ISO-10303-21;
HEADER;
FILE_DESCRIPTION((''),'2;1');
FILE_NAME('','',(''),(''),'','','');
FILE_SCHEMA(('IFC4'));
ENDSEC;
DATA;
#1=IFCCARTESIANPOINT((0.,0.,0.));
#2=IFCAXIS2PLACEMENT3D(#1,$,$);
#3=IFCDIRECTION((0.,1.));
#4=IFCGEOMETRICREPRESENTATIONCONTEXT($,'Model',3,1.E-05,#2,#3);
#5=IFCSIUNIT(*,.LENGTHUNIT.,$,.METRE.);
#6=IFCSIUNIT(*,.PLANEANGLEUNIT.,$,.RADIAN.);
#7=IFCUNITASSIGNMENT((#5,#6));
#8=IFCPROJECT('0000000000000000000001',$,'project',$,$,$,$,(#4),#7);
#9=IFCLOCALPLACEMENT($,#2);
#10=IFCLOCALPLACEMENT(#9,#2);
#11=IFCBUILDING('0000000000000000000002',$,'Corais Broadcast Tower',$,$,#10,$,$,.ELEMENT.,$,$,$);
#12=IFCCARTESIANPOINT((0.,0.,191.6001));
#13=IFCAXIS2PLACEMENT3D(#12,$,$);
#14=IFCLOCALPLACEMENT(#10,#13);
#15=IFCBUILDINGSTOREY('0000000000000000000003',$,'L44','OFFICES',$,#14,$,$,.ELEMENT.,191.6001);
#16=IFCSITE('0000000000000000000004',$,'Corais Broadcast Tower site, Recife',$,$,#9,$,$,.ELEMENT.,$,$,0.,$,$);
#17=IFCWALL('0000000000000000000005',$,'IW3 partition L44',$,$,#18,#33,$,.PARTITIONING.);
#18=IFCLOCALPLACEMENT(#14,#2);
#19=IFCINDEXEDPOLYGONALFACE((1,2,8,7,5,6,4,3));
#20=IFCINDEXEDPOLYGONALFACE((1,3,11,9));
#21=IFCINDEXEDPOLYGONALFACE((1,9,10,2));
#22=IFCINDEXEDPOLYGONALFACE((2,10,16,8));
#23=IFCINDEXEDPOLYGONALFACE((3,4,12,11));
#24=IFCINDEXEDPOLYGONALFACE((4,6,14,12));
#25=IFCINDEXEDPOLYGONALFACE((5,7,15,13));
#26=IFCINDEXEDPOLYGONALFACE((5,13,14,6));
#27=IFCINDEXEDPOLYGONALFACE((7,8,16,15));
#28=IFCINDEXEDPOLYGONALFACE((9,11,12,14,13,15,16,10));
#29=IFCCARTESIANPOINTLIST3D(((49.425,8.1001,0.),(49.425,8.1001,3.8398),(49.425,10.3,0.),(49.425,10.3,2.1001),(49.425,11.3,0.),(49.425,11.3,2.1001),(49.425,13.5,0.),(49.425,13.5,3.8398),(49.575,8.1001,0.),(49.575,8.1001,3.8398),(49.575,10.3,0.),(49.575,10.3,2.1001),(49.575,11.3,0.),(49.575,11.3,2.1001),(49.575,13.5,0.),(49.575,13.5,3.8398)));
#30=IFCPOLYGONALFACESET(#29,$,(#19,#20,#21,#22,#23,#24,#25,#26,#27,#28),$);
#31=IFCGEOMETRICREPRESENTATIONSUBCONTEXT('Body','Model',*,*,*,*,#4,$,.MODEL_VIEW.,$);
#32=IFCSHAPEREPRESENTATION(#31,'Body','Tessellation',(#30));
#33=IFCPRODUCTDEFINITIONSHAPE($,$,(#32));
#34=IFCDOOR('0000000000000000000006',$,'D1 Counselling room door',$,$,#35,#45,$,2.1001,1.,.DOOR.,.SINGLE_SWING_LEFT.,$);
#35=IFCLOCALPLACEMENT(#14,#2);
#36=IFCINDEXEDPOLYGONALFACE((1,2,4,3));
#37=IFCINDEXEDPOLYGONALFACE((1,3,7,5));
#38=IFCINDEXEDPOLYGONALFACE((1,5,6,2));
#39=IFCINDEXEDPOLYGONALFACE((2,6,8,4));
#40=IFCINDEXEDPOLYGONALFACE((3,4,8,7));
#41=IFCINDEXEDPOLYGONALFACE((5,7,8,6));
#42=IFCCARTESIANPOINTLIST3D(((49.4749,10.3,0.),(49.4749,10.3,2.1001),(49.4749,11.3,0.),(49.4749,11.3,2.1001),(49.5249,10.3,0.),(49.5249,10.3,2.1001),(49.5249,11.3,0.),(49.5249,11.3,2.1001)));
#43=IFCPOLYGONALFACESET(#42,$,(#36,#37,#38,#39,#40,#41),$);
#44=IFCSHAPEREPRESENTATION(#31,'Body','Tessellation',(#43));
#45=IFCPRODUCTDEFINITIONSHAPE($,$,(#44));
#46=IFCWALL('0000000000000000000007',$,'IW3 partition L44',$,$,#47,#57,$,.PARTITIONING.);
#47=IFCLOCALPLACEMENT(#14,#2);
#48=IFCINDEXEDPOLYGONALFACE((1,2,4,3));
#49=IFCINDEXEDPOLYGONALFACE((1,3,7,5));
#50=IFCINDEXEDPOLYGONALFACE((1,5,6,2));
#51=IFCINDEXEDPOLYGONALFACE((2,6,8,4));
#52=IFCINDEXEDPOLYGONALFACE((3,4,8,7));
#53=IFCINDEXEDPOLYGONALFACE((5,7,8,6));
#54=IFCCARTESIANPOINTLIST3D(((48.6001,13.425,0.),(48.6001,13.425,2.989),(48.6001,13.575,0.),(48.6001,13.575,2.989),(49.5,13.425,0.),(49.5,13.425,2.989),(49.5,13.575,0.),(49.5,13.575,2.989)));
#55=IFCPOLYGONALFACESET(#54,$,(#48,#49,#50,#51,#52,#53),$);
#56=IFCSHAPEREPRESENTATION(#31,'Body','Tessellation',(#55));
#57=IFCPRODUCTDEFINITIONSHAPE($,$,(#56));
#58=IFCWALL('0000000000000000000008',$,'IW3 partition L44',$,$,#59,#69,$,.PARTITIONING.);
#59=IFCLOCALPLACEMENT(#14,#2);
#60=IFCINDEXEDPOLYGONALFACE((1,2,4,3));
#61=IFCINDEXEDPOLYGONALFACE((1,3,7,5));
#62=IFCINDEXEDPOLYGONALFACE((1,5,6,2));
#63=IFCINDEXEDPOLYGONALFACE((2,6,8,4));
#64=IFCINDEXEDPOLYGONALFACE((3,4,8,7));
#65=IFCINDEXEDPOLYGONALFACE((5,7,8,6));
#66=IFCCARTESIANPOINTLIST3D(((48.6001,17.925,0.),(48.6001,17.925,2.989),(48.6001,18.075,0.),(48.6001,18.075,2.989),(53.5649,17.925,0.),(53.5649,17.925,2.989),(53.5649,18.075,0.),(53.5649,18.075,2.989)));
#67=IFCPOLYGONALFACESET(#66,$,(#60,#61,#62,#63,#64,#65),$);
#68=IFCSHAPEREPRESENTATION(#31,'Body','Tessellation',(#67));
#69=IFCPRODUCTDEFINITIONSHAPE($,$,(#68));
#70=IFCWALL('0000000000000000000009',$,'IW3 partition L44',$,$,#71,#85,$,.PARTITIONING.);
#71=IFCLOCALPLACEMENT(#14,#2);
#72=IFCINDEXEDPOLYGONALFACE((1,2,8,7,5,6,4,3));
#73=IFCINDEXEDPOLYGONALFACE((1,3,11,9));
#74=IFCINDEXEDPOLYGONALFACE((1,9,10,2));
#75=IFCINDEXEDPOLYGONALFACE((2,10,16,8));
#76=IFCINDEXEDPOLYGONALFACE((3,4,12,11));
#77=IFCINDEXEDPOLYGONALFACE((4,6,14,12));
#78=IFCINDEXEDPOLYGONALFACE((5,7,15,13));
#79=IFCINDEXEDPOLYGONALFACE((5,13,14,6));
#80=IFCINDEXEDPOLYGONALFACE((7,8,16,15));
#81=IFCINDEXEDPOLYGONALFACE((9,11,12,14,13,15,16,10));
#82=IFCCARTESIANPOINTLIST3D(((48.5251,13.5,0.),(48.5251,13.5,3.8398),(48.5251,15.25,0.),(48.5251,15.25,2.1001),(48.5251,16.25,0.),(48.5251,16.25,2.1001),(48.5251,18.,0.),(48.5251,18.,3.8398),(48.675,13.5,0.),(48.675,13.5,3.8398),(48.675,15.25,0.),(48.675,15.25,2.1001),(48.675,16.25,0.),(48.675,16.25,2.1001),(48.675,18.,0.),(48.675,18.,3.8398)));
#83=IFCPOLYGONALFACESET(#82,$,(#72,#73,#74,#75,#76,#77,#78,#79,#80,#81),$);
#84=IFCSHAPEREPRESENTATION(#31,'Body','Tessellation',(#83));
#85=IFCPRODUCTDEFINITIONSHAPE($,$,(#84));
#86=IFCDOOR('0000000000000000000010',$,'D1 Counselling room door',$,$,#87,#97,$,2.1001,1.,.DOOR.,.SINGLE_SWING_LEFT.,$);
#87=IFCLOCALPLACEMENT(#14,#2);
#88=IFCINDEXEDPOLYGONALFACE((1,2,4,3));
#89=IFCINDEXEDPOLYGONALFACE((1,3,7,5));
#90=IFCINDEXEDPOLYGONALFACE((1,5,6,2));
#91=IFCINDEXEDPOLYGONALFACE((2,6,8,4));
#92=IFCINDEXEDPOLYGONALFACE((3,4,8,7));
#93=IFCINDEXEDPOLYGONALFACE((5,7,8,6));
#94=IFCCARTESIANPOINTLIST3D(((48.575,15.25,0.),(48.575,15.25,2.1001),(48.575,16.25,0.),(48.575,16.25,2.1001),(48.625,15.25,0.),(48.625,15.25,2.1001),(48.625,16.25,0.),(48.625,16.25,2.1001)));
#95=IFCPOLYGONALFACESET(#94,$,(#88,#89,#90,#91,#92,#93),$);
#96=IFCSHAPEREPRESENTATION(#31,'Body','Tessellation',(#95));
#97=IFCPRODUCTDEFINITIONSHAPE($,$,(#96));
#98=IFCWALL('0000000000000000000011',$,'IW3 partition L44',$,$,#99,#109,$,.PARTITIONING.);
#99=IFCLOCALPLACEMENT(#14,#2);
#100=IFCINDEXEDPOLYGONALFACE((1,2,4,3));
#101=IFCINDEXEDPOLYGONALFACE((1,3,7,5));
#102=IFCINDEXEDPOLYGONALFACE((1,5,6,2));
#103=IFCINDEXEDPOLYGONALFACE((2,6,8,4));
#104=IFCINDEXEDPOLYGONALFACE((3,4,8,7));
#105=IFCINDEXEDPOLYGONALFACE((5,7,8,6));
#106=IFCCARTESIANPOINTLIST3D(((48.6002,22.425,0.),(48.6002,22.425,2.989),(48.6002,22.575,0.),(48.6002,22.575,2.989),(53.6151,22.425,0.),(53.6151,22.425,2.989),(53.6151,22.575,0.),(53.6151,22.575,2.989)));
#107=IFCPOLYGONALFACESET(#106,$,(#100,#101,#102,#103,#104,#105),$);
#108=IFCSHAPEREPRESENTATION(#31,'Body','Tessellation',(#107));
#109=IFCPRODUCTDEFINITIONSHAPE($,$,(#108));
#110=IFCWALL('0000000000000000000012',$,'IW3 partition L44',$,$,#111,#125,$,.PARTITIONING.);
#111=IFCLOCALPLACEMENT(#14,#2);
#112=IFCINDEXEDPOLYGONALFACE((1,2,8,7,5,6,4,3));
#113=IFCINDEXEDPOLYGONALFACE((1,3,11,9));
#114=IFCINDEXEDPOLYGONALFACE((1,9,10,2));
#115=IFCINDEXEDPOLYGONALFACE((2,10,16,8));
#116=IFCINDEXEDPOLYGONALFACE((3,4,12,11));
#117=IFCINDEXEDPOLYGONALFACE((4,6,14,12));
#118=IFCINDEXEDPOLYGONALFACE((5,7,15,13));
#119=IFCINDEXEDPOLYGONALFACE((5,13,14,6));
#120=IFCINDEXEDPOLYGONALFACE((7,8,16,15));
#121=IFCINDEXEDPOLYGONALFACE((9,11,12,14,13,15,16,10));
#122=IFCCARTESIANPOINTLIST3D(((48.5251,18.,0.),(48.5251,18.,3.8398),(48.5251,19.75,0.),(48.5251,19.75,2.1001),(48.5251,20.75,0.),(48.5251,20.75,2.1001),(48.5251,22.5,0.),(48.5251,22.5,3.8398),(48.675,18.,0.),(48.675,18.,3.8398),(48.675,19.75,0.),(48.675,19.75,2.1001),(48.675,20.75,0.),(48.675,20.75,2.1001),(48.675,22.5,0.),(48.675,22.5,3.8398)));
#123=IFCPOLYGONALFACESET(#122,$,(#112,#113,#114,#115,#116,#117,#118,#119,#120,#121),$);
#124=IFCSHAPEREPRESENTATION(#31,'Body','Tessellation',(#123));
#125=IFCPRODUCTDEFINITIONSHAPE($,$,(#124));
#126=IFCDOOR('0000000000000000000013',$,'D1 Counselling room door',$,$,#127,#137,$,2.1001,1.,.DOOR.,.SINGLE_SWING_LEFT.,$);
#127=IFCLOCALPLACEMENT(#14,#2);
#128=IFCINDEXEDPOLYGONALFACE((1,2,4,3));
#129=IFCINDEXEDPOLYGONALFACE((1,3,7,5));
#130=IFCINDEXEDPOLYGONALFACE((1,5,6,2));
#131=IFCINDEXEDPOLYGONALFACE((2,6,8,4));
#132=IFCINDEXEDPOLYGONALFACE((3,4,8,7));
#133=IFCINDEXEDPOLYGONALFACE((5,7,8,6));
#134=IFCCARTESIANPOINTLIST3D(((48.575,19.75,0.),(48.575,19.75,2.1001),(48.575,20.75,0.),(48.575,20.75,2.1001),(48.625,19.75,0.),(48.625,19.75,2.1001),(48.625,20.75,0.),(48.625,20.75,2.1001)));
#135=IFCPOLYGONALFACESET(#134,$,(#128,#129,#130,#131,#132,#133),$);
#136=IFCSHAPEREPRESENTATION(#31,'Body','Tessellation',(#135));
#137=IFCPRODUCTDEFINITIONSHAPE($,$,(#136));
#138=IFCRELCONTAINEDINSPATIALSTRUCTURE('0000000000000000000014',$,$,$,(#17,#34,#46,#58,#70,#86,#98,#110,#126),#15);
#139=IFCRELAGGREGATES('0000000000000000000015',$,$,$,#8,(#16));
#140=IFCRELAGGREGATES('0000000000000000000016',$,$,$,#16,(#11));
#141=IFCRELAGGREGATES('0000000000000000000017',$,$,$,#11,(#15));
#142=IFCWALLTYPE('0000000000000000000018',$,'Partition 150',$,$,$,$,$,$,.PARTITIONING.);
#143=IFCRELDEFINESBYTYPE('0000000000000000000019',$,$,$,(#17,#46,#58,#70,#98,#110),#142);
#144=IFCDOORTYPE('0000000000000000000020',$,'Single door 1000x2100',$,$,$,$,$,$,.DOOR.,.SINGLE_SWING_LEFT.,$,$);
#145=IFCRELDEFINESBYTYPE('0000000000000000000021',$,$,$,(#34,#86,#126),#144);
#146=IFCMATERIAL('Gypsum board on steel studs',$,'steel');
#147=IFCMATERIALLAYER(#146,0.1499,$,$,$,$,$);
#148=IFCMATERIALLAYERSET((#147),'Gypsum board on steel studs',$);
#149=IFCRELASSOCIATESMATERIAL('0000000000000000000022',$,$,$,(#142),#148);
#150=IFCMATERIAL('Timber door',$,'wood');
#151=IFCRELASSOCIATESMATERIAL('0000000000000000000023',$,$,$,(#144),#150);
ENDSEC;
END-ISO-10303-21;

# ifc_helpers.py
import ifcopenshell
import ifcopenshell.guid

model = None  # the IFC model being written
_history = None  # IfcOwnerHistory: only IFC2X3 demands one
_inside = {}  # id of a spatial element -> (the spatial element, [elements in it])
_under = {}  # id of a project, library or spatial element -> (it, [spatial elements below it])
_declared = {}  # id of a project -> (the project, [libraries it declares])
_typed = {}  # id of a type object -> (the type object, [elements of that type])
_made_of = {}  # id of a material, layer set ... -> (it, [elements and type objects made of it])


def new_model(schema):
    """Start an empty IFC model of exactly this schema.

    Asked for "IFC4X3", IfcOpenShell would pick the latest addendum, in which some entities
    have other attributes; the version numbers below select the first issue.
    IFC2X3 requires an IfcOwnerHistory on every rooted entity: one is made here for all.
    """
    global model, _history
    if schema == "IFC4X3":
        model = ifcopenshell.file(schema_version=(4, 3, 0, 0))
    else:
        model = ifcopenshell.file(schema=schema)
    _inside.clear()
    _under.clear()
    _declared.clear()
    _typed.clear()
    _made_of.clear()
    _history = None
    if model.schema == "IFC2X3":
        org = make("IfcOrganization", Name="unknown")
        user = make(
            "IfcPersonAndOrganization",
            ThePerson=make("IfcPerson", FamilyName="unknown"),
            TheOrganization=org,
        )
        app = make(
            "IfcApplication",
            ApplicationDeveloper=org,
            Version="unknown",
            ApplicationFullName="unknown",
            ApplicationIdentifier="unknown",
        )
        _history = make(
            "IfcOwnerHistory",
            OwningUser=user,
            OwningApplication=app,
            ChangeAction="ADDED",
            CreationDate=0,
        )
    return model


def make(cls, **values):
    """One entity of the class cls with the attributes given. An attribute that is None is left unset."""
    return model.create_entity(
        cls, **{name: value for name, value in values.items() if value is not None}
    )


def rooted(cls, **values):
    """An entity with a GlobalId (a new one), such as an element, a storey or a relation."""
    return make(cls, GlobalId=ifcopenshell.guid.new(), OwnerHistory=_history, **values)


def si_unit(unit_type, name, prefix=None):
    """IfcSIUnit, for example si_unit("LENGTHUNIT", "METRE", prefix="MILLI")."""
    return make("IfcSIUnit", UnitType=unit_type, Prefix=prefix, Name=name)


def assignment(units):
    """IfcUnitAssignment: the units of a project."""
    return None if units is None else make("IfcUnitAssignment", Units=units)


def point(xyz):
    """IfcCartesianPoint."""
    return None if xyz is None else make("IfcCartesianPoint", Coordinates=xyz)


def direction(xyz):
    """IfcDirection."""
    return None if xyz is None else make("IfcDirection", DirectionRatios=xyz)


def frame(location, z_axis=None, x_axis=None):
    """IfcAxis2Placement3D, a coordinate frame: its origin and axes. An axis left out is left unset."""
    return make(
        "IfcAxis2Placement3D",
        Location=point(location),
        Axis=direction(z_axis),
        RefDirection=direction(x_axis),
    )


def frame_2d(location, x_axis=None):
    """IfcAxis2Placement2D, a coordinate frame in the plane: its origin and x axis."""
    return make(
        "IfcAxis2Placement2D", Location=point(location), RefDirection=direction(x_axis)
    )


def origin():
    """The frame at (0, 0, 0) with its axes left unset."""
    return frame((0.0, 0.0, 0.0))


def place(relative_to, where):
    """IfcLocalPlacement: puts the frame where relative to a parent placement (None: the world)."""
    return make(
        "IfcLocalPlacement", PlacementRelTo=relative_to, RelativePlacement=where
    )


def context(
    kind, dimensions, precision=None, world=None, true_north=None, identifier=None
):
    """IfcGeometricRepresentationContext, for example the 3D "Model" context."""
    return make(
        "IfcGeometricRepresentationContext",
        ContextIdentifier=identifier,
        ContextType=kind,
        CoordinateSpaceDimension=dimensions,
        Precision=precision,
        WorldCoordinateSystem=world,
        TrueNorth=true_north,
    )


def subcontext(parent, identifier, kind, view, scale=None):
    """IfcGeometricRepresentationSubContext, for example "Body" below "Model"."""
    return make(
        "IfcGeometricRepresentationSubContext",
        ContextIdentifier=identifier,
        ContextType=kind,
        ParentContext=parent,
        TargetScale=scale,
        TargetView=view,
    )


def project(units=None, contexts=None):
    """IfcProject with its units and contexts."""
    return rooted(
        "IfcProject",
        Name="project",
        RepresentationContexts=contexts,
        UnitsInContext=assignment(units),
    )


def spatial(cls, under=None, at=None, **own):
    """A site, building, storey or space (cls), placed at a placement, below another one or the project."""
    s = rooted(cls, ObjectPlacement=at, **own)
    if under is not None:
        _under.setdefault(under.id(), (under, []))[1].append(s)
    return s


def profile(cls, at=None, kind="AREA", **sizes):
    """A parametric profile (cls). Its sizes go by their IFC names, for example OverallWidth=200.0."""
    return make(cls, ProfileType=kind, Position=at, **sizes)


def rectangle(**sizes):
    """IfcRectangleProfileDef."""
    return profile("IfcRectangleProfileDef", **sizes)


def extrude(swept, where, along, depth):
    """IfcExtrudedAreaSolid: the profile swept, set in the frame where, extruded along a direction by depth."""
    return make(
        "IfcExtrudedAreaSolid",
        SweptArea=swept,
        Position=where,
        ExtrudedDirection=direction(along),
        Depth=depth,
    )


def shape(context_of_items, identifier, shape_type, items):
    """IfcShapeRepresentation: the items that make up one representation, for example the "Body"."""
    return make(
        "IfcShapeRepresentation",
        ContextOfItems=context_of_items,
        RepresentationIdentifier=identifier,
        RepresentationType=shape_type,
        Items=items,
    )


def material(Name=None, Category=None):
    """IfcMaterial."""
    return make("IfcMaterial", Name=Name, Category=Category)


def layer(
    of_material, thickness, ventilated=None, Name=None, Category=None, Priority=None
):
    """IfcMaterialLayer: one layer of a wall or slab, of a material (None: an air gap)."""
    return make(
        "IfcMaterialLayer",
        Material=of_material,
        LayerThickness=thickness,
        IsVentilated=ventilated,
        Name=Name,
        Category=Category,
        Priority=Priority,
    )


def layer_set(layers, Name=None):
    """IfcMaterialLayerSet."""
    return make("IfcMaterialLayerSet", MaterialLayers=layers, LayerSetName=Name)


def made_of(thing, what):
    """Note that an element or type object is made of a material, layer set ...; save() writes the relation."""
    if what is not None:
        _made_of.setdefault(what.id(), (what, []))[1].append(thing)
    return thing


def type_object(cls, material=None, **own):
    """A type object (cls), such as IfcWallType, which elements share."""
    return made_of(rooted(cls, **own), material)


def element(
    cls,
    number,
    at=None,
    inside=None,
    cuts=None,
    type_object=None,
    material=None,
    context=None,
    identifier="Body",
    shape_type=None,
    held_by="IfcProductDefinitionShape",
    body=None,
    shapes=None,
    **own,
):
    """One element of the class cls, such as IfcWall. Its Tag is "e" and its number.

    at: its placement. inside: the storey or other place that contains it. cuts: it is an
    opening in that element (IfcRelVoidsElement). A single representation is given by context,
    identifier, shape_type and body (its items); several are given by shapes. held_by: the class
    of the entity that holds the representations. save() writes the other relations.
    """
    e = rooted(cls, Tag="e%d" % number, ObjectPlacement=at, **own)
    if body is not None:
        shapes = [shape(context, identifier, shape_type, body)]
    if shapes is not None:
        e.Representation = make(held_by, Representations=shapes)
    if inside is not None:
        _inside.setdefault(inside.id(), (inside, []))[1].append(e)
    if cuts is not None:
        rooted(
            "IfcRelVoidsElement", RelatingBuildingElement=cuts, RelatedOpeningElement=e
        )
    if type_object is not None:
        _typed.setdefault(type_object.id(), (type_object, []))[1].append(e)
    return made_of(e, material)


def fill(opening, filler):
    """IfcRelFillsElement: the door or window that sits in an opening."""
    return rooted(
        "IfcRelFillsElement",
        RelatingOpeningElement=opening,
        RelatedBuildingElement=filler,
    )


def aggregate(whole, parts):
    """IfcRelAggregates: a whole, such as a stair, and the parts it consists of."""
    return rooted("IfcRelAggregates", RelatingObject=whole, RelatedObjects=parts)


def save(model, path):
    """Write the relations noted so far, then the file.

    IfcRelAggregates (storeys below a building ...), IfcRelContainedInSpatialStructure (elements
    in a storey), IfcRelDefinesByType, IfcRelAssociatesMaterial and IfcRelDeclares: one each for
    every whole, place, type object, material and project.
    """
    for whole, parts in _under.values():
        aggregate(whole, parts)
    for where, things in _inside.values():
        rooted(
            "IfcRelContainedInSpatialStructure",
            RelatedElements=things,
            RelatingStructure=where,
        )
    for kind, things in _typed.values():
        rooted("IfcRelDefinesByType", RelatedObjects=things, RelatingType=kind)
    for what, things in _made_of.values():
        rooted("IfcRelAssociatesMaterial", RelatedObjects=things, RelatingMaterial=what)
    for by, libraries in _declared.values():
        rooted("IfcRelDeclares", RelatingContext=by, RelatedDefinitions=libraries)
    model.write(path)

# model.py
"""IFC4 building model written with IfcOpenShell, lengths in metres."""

from ifc_helpers import new_model, si_unit, direction, frame, frame_2d, origin, place, context, subcontext, project, spatial, rectangle, extrude, material, layer, layer_set, type_object, element, fill, save


model = new_model("IFC4")

# Units and contexts
model_context = context("Model", 3, precision=1e-05, world=origin(), true_north=direction((0.0, 1.0)))
body_context = subcontext(model_context, "Body", "Model", "MODEL_VIEW")
ifc_project = project(units=[si_unit("LENGTHUNIT", "METRE"), si_unit("PLANEANGLEUNIT", "RADIAN")], contexts=[model_context])

# Site, building, storey
site_placement = place(None, origin())
site = spatial("IfcSite", under=ifc_project, at=site_placement, Name="Corais Broadcast Tower site, Recife", CompositionType="ELEMENT", RefElevation=0.0)
building_placement = place(site_placement, origin())
building = spatial("IfcBuilding", under=site, at=building_placement, Name="Corais Broadcast Tower", CompositionType="ELEMENT")
storey_placement = place(building_placement, frame((0.0, 0.0, 191.6001)))
storey = spatial("IfcBuildingStorey", under=building, at=storey_placement, Name="L44", Description="OFFICES", CompositionType="ELEMENT", Elevation=191.6001)

# Shared definitions
ifc_material_1 = material(Name="Gypsum board on steel studs", Category="steel")
ifc_layer_1 = layer(ifc_material_1, 0.1499)
ifc_layer_set_1 = layer_set([ifc_layer_1], Name="Gypsum board on steel studs")
wall_type = type_object("IfcWallType", Name="Partition 150", PredefinedType="PARTITIONING", material=ifc_layer_set_1)

# Wall, opening, door
wall_1_placement = place(storey_placement, frame((49.5, 13.5, 0.0), z_axis=(0.0, 0.0, 1.0), x_axis=(0.0, -1.0, 0.0)))
wall_1 = element("IfcWall", 1, at=wall_1_placement, inside=storey, type_object=wall_type, Name="IW3 partition L44", PredefinedType="PARTITIONING", context=body_context, shape_type="SweptSolid", body=[
    extrude(rectangle(XDim=5.3999, YDim=0.1499, at=frame_2d((2.7, 0.0))), origin(), (0.0, 0.0, 1.0), 3.8398),
])
opening_1_placement = place(wall_1_placement, frame((2.2, 0.0, 0.0)))
opening_1 = element("IfcOpeningElement", 2, at=opening_1_placement, cuts=wall_1, PredefinedType="OPENING", context=body_context, shape_type="SweptSolid", body=[
    extrude(rectangle(XDim=1.0, YDim=2.1001, at=frame_2d((0.5, 1.05))), frame((0.0, 0.085, 0.0), z_axis=(0.0, -1.0, 0.0), x_axis=(1.0, 0.0, 0.0)), (0.0, 0.0, 1.0), 0.1699),
])
ifc_material_2 = material(Name="Timber door", Category="wood")
door_type = type_object("IfcDoorType", Name="Single door 1000x2100", OperationType="SINGLE_SWING_LEFT", PredefinedType="DOOR", material=ifc_material_2)
door_1_placement = place(opening_1_placement, origin())
door_1 = element("IfcDoor", 3, at=door_1_placement, inside=storey, type_object=door_type, Name="D1 Counselling room door", OperationType="SINGLE_SWING_LEFT", OverallHeight=2.1001, OverallWidth=1.0, PredefinedType="DOOR", context=body_context, shape_type="SweptSolid", body=[
    extrude(rectangle(XDim=1.0, YDim=2.1001, at=frame_2d((0.5, 1.05))), frame((0.0, 0.0249, 0.0), z_axis=(0.0, -1.0, 0.0), x_axis=(1.0, 0.0, 0.0)), (0.0, 0.0, 1.0), 0.05),
])
fill(opening_1, door_1)

# Walls
wall_2_placement = place(storey_placement, frame((48.6001, 13.5, 0.0), z_axis=(0.0, 0.0, 1.0), x_axis=(1.0, 0.0, 0.0)))
element("IfcWall", 4, at=wall_2_placement, inside=storey, type_object=wall_type, Name="IW3 partition L44", PredefinedType="PARTITIONING", context=body_context, shape_type="SweptSolid", body=[
    extrude(rectangle(XDim=0.8999, YDim=0.1499, at=frame_2d((0.45, 0.0))), origin(), (0.0, 0.0, 1.0), 2.989),
])
wall_3_placement = place(storey_placement, frame((53.5649, 18.0, 0.0), z_axis=(0.0, 0.0, 1.0), x_axis=(-1.0, 0.0, 0.0)))
element("IfcWall", 5, at=wall_3_placement, inside=storey, type_object=wall_type, Name="IW3 partition L44", PredefinedType="PARTITIONING", context=body_context, shape_type="SweptSolid", body=[
    extrude(rectangle(XDim=4.9648, YDim=0.1499, at=frame_2d((2.4824, 0.0))), origin(), (0.0, 0.0, 1.0), 2.989),
])

# Wall, opening, door
wall_4_placement = place(storey_placement, frame((48.6001, 18.0, 0.0), z_axis=(0.0, 0.0, 1.0), x_axis=(0.0, -1.0, 0.0)))
wall_4 = element("IfcWall", 6, at=wall_4_placement, inside=storey, type_object=wall_type, Name="IW3 partition L44", PredefinedType="PARTITIONING", context=body_context, shape_type="SweptSolid", body=[
    extrude(rectangle(XDim=4.5, YDim=0.1499, at=frame_2d((2.25, 0.0))), origin(), (0.0, 0.0, 1.0), 3.8398),
])
opening_2_placement = place(wall_4_placement, frame((1.75, 0.0, 0.0)))
opening_2 = element("IfcOpeningElement", 7, at=opening_2_placement, cuts=wall_4, PredefinedType="OPENING", context=body_context, shape_type="SweptSolid", body=[
    extrude(rectangle(XDim=1.0, YDim=2.1001, at=frame_2d((0.5, 1.05))), frame((0.0, 0.085, 0.0), z_axis=(0.0, -1.0, 0.0), x_axis=(1.0, 0.0, 0.0)), (0.0, 0.0, 1.0), 0.1699),
])
door_2_placement = place(opening_2_placement, origin())
door_2 = element("IfcDoor", 8, at=door_2_placement, inside=storey, type_object=door_type, Name="D1 Counselling room door", OperationType="SINGLE_SWING_LEFT", OverallHeight=2.1001, OverallWidth=1.0, PredefinedType="DOOR", context=body_context, shape_type="SweptSolid", body=[
    extrude(rectangle(XDim=1.0, YDim=2.1001, at=frame_2d((0.5, 1.05))), frame((0.0, 0.0249, 0.0), z_axis=(0.0, -1.0, 0.0), x_axis=(1.0, 0.0, 0.0)), (0.0, 0.0, 1.0), 0.05),
])
fill(opening_2, door_2)

# Wall
wall_5_placement = place(storey_placement, frame((53.615, 22.5, 0.0), z_axis=(0.0, 0.0, 1.0), x_axis=(-1.0, 0.0, 0.0)))
element("IfcWall", 9, at=wall_5_placement, inside=storey, type_object=wall_type, Name="IW3 partition L44", PredefinedType="PARTITIONING", context=body_context, shape_type="SweptSolid", body=[
    extrude(rectangle(XDim=5.0149, YDim=0.1499, at=frame_2d((2.5073, 0.0))), origin(), (0.0, 0.0, 1.0), 2.989),
])

# Wall, opening, door
wall_6_placement = place(storey_placement, frame((48.6001, 22.5, 0.0), z_axis=(0.0, 0.0, 1.0), x_axis=(0.0, -1.0, 0.0)))
wall_6 = element("IfcWall", 10, at=wall_6_placement, inside=storey, type_object=wall_type, Name="IW3 partition L44", PredefinedType="PARTITIONING", context=body_context, shape_type="SweptSolid", body=[
    extrude(rectangle(XDim=4.5, YDim=0.1499, at=frame_2d((2.25, 0.0))), origin(), (0.0, 0.0, 1.0), 3.8398),
])
opening_3_placement = place(wall_6_placement, frame((1.75, 0.0, 0.0)))
opening_3 = element("IfcOpeningElement", 11, at=opening_3_placement, cuts=wall_6, PredefinedType="OPENING", context=body_context, shape_type="SweptSolid", body=[
    extrude(rectangle(XDim=1.0, YDim=2.1001, at=frame_2d((0.5, 1.05))), frame((0.0, 0.085, 0.0), z_axis=(0.0, -1.0, 0.0), x_axis=(1.0, 0.0, 0.0)), (0.0, 0.0, 1.0), 0.1699),
])
door_3_placement = place(opening_3_placement, origin())
door_3 = element("IfcDoor", 12, at=door_3_placement, inside=storey, type_object=door_type, Name="D1 Counselling room door", OperationType="SINGLE_SWING_LEFT", OverallHeight=2.1001, OverallWidth=1.0, PredefinedType="DOOR", context=body_context, shape_type="SweptSolid", body=[
    extrude(rectangle(XDim=1.0, YDim=2.1001, at=frame_2d((0.5, 1.05))), frame((0.0, 0.0249, 0.0), z_axis=(0.0, -1.0, 0.0), x_axis=(1.0, 0.0, 0.0)), (0.0, 0.0, 1.0), 0.05),
])
fill(opening_3, door_3)

save(model, "model.ifc")
